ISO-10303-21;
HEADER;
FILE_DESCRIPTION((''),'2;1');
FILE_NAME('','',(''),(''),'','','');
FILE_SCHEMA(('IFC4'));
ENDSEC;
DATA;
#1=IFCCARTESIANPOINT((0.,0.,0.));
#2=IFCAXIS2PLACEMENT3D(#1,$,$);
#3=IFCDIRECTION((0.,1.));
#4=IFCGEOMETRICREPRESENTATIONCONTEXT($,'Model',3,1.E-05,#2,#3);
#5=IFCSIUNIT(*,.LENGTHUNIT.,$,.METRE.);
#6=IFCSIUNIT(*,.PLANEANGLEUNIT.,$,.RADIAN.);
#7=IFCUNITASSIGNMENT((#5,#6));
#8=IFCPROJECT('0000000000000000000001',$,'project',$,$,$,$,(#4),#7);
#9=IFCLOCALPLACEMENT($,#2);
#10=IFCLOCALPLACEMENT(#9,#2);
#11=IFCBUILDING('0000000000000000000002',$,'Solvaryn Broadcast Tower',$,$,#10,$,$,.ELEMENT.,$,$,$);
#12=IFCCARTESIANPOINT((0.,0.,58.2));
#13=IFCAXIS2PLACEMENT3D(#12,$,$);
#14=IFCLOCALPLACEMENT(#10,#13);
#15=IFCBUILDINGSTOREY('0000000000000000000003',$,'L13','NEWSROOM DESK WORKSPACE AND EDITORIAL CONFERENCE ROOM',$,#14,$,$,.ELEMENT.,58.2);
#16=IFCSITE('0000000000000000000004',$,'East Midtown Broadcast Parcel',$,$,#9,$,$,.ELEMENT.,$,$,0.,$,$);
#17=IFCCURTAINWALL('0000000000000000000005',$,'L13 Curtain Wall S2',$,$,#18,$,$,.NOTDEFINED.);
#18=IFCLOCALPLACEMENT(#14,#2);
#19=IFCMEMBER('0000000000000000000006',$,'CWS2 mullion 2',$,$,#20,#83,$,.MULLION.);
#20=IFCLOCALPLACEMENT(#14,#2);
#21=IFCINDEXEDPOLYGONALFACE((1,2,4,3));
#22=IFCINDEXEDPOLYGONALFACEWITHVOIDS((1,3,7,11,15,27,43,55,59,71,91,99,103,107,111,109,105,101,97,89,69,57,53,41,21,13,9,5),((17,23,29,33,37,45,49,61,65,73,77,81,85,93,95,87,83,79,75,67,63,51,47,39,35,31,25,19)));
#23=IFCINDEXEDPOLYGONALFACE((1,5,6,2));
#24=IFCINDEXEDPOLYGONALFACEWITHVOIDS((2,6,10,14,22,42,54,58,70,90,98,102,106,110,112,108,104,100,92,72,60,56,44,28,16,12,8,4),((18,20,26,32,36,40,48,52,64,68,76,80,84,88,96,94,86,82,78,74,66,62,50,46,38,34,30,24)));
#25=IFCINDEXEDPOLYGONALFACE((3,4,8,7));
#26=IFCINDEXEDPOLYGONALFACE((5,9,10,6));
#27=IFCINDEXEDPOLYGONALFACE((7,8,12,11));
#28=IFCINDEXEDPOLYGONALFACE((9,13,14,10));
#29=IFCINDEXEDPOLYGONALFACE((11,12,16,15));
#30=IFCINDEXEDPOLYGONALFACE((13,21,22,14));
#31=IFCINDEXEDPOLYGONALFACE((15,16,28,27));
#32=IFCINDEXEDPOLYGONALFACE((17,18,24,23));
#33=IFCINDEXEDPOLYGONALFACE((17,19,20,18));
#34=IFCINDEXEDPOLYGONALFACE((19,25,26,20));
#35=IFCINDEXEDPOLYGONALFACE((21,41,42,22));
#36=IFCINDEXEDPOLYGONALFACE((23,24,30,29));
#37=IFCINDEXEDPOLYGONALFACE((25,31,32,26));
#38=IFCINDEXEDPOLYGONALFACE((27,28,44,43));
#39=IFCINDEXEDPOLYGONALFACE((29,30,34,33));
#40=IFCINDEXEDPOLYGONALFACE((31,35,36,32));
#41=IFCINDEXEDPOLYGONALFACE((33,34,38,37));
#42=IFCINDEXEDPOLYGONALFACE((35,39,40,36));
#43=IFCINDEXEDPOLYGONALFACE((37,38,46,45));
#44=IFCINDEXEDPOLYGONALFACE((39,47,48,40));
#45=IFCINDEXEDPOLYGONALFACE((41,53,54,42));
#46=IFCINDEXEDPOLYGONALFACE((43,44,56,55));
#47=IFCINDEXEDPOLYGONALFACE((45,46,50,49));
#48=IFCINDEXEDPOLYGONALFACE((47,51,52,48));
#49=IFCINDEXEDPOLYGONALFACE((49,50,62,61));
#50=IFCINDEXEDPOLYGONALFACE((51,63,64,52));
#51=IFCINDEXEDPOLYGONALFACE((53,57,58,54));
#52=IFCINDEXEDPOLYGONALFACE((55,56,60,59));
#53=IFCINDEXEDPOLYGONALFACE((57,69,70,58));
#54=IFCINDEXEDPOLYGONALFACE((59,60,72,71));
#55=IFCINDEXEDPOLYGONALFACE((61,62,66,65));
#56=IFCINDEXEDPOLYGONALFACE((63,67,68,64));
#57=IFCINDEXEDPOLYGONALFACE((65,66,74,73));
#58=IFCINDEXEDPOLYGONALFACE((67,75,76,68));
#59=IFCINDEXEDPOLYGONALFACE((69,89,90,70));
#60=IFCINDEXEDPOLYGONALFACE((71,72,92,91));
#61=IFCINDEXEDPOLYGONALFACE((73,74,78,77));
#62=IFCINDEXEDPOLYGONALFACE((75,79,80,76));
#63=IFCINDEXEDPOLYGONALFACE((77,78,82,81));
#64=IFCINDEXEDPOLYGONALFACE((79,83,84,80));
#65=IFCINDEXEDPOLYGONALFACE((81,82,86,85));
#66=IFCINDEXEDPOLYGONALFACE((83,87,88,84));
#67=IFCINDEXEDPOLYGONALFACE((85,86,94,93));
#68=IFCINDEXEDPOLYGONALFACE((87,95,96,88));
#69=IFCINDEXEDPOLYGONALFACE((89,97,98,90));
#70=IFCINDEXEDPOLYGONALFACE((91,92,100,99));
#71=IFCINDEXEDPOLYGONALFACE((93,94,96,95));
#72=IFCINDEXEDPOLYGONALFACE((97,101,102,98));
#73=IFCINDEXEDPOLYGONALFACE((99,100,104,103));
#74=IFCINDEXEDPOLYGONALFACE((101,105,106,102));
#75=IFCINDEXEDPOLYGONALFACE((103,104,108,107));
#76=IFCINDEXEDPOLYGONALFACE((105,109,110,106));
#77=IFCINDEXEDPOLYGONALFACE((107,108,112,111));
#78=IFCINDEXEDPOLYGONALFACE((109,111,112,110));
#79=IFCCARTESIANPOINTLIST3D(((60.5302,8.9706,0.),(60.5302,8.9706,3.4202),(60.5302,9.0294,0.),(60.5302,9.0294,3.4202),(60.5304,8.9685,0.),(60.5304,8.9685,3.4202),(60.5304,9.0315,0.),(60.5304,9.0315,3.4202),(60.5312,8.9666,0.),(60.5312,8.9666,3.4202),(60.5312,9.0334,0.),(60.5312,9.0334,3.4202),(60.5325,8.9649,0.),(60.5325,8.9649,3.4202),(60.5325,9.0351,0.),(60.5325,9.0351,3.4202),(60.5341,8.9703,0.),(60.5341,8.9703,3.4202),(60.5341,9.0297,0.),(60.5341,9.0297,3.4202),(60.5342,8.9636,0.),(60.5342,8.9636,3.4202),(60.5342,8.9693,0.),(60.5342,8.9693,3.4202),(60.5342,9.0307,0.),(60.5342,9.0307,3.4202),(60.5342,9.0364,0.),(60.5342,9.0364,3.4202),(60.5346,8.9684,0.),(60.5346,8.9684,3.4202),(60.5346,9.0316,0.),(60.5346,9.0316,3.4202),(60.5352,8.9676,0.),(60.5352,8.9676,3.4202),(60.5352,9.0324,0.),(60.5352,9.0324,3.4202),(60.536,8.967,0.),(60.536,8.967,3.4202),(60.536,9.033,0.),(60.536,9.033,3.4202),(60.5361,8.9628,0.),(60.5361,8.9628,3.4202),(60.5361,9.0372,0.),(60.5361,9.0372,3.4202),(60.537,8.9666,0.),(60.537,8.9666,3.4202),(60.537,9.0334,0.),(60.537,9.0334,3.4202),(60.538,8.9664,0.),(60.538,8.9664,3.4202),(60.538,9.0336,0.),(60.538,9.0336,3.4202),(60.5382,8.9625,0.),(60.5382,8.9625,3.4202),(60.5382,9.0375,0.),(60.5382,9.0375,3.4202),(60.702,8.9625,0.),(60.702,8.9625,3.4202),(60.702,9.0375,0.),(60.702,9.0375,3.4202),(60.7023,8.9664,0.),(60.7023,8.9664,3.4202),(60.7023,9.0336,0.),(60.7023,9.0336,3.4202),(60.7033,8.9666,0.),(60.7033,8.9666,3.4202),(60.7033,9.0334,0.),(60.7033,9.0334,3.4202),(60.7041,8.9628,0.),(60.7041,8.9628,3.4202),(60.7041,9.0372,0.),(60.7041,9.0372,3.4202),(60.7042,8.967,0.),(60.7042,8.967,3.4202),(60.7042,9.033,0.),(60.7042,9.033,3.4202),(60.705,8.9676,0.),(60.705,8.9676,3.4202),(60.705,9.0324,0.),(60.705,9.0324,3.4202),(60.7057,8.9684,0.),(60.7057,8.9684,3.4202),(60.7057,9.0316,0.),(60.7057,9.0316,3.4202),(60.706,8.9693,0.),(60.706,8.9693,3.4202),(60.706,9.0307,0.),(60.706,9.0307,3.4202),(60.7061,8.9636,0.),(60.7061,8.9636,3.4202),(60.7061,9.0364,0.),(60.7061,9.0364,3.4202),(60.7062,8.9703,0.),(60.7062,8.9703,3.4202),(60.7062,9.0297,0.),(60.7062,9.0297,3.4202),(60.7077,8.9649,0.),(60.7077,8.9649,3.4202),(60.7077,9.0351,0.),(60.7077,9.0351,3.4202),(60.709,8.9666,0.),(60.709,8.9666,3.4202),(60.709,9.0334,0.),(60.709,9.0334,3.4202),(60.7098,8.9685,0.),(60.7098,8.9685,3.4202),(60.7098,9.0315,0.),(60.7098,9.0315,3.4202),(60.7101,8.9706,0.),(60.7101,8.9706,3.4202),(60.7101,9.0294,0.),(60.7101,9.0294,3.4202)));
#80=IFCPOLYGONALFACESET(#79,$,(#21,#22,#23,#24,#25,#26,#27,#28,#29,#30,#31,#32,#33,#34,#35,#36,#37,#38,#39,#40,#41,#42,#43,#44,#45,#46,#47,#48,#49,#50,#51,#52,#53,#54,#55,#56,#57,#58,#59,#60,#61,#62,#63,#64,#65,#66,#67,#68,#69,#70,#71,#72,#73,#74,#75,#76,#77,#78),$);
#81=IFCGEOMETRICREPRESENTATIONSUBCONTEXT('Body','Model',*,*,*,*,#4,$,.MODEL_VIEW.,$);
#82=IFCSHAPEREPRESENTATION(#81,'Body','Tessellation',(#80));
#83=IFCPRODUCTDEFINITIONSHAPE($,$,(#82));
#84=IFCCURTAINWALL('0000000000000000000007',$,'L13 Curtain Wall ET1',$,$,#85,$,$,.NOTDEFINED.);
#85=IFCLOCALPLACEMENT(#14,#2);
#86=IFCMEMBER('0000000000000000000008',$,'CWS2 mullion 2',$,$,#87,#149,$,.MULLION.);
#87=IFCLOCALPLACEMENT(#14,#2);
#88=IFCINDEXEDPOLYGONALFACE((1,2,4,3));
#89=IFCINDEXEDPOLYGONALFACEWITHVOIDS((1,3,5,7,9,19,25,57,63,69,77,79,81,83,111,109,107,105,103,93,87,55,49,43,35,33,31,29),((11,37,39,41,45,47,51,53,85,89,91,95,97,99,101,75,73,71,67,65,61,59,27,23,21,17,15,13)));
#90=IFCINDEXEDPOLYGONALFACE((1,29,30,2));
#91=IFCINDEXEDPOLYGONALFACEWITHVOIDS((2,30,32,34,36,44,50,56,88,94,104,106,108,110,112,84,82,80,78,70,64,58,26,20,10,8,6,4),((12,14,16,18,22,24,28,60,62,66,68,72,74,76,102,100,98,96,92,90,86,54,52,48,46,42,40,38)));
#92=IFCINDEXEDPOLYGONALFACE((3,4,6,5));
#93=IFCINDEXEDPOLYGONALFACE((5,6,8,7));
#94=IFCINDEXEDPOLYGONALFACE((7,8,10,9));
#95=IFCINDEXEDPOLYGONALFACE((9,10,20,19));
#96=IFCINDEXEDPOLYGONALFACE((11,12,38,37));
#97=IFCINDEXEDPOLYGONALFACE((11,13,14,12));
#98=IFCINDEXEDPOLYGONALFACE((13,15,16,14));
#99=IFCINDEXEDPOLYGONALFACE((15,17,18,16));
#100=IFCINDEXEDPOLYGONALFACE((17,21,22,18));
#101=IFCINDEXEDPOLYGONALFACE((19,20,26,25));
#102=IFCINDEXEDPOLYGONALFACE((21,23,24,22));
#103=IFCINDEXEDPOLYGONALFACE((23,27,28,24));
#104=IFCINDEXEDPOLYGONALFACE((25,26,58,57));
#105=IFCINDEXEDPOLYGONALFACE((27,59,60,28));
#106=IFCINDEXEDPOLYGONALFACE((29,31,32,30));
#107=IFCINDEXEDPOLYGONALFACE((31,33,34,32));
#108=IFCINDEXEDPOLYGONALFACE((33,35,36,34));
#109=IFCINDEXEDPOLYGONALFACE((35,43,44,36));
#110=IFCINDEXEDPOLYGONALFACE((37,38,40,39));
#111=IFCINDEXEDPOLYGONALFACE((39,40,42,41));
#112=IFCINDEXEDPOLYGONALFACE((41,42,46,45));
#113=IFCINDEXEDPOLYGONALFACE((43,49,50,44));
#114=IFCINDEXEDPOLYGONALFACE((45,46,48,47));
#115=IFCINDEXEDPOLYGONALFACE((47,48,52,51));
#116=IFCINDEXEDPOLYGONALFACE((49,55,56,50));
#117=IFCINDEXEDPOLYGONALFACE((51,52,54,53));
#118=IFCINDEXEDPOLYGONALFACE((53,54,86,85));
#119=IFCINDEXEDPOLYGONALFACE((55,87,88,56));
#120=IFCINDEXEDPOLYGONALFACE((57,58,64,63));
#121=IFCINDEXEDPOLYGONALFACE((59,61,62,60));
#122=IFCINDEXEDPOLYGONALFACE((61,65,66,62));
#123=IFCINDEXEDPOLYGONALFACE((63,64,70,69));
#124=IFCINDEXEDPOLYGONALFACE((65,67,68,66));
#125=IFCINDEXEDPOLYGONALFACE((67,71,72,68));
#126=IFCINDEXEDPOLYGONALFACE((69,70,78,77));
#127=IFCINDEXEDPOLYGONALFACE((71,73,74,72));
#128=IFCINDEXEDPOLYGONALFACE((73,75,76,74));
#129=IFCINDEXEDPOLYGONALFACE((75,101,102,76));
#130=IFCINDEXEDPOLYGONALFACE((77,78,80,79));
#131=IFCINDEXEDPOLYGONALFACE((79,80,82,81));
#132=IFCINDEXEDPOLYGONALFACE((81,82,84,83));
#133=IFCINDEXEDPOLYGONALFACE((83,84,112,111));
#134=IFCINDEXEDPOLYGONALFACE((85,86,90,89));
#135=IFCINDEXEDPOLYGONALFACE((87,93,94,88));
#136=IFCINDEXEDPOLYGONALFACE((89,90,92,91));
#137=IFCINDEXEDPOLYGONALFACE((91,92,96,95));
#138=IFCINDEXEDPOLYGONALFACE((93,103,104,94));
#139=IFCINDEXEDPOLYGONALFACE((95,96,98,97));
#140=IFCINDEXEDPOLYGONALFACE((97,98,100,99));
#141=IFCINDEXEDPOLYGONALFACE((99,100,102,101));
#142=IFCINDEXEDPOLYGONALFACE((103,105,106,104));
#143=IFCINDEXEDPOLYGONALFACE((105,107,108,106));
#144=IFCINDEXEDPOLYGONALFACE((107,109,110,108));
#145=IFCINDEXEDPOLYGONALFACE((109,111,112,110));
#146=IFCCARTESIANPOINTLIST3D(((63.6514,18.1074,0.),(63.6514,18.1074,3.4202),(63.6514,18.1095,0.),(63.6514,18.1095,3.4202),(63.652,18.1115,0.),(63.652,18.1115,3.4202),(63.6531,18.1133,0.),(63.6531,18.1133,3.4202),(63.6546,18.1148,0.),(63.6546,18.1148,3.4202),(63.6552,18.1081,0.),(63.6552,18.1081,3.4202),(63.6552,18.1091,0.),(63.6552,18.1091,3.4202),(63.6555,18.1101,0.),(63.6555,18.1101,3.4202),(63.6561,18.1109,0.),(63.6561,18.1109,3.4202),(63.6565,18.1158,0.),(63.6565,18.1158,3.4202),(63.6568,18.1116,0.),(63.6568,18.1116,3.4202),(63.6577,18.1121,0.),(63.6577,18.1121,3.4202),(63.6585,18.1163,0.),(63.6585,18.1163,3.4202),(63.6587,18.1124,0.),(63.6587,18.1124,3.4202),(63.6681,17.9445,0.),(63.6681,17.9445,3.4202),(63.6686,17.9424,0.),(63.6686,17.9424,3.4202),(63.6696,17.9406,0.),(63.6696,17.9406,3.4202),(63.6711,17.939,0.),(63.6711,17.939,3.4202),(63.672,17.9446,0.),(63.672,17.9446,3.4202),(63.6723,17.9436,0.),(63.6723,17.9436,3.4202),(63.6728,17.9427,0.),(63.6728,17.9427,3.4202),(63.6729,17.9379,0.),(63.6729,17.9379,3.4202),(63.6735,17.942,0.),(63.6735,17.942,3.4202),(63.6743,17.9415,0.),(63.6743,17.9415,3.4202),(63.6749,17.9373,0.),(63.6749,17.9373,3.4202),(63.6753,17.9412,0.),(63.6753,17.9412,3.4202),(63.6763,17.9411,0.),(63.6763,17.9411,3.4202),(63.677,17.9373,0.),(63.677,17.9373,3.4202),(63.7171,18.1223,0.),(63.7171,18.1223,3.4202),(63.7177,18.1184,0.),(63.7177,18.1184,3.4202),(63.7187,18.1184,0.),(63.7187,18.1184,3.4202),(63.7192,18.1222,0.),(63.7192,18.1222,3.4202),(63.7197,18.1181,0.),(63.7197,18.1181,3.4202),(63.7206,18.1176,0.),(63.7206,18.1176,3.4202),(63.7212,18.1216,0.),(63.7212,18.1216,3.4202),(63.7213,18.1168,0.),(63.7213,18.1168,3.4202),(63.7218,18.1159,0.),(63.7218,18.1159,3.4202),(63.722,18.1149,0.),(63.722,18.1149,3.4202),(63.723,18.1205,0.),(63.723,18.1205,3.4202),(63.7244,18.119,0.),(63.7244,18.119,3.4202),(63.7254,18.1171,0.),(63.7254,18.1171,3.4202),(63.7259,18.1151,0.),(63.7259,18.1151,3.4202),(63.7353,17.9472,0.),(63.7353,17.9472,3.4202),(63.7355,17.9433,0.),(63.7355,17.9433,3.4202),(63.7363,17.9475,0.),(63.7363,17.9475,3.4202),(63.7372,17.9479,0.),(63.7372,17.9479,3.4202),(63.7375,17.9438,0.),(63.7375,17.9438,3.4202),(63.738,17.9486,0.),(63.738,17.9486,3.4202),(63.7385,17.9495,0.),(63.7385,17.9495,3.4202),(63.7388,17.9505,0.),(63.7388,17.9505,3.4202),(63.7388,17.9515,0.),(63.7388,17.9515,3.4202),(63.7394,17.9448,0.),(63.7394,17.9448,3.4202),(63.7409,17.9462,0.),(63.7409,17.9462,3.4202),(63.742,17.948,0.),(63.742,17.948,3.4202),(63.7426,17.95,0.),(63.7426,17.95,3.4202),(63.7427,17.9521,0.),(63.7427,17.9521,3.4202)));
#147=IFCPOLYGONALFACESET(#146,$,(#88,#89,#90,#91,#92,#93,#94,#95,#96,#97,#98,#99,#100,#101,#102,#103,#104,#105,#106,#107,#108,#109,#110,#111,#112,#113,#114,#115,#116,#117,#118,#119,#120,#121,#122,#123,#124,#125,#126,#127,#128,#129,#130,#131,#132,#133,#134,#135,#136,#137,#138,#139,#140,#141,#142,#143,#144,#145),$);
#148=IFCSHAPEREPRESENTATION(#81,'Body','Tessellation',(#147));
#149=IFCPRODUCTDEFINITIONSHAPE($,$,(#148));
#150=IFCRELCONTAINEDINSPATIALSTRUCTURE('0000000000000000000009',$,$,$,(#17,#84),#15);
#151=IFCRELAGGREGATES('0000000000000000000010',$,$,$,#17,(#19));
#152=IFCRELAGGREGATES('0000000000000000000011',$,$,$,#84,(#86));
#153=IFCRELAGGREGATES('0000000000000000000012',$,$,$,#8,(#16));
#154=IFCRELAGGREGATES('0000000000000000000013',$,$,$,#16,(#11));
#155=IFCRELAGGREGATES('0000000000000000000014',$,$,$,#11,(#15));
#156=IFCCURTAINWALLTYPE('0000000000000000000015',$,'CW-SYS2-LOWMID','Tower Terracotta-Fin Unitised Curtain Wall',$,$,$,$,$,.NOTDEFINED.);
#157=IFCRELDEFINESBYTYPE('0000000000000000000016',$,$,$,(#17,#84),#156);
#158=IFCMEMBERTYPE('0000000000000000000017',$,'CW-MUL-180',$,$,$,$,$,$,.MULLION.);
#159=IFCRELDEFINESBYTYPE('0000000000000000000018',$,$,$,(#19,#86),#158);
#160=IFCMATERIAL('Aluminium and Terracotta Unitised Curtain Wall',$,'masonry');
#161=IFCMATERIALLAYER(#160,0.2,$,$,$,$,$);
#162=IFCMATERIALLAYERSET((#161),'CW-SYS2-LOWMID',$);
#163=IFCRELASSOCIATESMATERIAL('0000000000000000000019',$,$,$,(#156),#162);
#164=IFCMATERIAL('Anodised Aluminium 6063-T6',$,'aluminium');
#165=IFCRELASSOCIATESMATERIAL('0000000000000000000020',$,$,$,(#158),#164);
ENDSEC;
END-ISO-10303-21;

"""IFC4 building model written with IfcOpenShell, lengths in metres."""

from ifc_helpers import new_model, si_unit, direction, frame, origin, origin_2d, place, context, subcontext, project, spatial, hollow_rectangle, extrude, material, layer, layer_set, material_profile, profile_set, type_object, element, aggregate, save


model = new_model("IFC4")

# Units and contexts
model_context = context("Model", 3, precision=1e-05, world=origin(), true_north=direction((0.0, 1.0)))
body_context = subcontext(model_context, "Body", "Model", "MODEL_VIEW")
ifc_project = project(units=[si_unit("LENGTHUNIT", "METRE"), si_unit("PLANEANGLEUNIT", "RADIAN")], contexts=[model_context])

# Site, building, storey
site_placement = place(None, origin())
site = spatial("IfcSite", under=ifc_project, at=site_placement, Name="East Midtown Broadcast Parcel", CompositionType="ELEMENT", RefElevation=0.0)
building_placement = place(site_placement, origin())
building = spatial("IfcBuilding", under=site, at=building_placement, Name="Solvaryn Broadcast Tower", CompositionType="ELEMENT")
storey_placement = place(building_placement, frame((0.0, 0.0, 58.2)))
storey = spatial("IfcBuildingStorey", under=building, at=storey_placement, Name="L13", Description="NEWSROOM DESK WORKSPACE AND EDITORIAL CONFERENCE ROOM", CompositionType="ELEMENT", Elevation=58.2)

# Curtain walls, members
ifc_material_1 = material(Name="Aluminium and Terracotta Unitised Curtain Wall", Category="masonry")
ifc_layer_1 = layer(ifc_material_1, 0.2)
ifc_layer_set_1 = layer_set([ifc_layer_1], Name="CW-SYS2-LOWMID")
curtain_wall_type = type_object("IfcCurtainWallType", Name="CW-SYS2-LOWMID", Description="Tower Terracotta-Fin Unitised Curtain Wall", PredefinedType="NOTDEFINED", material=ifc_layer_set_1)
curtain_wall_1_placement = place(storey_placement, origin())
curtain_wall_1 = element("IfcCurtainWall", 1, at=curtain_wall_1_placement, inside=storey, type_object=curtain_wall_type, Name="L13 Curtain Wall S2", PredefinedType="NOTDEFINED")
ifc_material_2 = material(Name="Anodised Aluminium 6063-T6", Category="aluminium")
ifc_material_profile_1 = material_profile(ifc_material_2, hollow_rectangle(XDim=0.075, YDim=0.1799, WallThickness=0.0039, InnerFilletRadius=0.0039, OuterFilletRadius=0.0081, at=origin_2d()))
ifc_profile_set_1 = profile_set([ifc_material_profile_1], Name="Anodised Aluminium 6063-T6")
member_type_1 = type_object("IfcMemberType", Name="CW-MUL-180", PredefinedType="MULLION", material=ifc_profile_set_1)
member_1_placement = place(storey_placement, frame((60.6201, 9.0, 0.0), z_axis=(0.0, 0.0, 1.0), x_axis=(0.0, 1.0, 0.0)))
member_1 = element("IfcMember", 2, at=member_1_placement, type_object=member_type_1, Name="CWS2 mullion 2", PredefinedType="MULLION", context=body_context, shape_type="SweptSolid", body=[
    extrude(hollow_rectangle(XDim=0.075, YDim=0.1799, WallThickness=0.0039, InnerFilletRadius=0.0039, OuterFilletRadius=0.0081, at=origin_2d()), origin(), (0.0, 0.0, 1.0), 3.4202),
])
aggregate(curtain_wall_1, [member_1])
curtain_wall_2_placement = place(storey_placement, origin())
curtain_wall_2 = element("IfcCurtainWall", 3, at=curtain_wall_2_placement, inside=storey, type_object=curtain_wall_type, Name="L13 Curtain Wall ET1", PredefinedType="NOTDEFINED")
member_2_placement = place(storey_placement, frame((63.697, 18.0298, 0.0), z_axis=(0.0, 0.0, 1.0), x_axis=(0.994743, 0.1024, 0.0)))
member_2 = element("IfcMember", 4, at=member_2_placement, type_object=member_type_1, Name="CWS2 mullion 2", PredefinedType="MULLION", context=body_context, shape_type="SweptSolid", body=[
    extrude(hollow_rectangle(XDim=0.075, YDim=0.1799, WallThickness=0.0039, InnerFilletRadius=0.0039, OuterFilletRadius=0.0081, at=origin_2d()), origin(), (0.0, 0.0, 1.0), 3.4202),
])
aggregate(curtain_wall_2, [member_2])

save(model, "model.ifc")
